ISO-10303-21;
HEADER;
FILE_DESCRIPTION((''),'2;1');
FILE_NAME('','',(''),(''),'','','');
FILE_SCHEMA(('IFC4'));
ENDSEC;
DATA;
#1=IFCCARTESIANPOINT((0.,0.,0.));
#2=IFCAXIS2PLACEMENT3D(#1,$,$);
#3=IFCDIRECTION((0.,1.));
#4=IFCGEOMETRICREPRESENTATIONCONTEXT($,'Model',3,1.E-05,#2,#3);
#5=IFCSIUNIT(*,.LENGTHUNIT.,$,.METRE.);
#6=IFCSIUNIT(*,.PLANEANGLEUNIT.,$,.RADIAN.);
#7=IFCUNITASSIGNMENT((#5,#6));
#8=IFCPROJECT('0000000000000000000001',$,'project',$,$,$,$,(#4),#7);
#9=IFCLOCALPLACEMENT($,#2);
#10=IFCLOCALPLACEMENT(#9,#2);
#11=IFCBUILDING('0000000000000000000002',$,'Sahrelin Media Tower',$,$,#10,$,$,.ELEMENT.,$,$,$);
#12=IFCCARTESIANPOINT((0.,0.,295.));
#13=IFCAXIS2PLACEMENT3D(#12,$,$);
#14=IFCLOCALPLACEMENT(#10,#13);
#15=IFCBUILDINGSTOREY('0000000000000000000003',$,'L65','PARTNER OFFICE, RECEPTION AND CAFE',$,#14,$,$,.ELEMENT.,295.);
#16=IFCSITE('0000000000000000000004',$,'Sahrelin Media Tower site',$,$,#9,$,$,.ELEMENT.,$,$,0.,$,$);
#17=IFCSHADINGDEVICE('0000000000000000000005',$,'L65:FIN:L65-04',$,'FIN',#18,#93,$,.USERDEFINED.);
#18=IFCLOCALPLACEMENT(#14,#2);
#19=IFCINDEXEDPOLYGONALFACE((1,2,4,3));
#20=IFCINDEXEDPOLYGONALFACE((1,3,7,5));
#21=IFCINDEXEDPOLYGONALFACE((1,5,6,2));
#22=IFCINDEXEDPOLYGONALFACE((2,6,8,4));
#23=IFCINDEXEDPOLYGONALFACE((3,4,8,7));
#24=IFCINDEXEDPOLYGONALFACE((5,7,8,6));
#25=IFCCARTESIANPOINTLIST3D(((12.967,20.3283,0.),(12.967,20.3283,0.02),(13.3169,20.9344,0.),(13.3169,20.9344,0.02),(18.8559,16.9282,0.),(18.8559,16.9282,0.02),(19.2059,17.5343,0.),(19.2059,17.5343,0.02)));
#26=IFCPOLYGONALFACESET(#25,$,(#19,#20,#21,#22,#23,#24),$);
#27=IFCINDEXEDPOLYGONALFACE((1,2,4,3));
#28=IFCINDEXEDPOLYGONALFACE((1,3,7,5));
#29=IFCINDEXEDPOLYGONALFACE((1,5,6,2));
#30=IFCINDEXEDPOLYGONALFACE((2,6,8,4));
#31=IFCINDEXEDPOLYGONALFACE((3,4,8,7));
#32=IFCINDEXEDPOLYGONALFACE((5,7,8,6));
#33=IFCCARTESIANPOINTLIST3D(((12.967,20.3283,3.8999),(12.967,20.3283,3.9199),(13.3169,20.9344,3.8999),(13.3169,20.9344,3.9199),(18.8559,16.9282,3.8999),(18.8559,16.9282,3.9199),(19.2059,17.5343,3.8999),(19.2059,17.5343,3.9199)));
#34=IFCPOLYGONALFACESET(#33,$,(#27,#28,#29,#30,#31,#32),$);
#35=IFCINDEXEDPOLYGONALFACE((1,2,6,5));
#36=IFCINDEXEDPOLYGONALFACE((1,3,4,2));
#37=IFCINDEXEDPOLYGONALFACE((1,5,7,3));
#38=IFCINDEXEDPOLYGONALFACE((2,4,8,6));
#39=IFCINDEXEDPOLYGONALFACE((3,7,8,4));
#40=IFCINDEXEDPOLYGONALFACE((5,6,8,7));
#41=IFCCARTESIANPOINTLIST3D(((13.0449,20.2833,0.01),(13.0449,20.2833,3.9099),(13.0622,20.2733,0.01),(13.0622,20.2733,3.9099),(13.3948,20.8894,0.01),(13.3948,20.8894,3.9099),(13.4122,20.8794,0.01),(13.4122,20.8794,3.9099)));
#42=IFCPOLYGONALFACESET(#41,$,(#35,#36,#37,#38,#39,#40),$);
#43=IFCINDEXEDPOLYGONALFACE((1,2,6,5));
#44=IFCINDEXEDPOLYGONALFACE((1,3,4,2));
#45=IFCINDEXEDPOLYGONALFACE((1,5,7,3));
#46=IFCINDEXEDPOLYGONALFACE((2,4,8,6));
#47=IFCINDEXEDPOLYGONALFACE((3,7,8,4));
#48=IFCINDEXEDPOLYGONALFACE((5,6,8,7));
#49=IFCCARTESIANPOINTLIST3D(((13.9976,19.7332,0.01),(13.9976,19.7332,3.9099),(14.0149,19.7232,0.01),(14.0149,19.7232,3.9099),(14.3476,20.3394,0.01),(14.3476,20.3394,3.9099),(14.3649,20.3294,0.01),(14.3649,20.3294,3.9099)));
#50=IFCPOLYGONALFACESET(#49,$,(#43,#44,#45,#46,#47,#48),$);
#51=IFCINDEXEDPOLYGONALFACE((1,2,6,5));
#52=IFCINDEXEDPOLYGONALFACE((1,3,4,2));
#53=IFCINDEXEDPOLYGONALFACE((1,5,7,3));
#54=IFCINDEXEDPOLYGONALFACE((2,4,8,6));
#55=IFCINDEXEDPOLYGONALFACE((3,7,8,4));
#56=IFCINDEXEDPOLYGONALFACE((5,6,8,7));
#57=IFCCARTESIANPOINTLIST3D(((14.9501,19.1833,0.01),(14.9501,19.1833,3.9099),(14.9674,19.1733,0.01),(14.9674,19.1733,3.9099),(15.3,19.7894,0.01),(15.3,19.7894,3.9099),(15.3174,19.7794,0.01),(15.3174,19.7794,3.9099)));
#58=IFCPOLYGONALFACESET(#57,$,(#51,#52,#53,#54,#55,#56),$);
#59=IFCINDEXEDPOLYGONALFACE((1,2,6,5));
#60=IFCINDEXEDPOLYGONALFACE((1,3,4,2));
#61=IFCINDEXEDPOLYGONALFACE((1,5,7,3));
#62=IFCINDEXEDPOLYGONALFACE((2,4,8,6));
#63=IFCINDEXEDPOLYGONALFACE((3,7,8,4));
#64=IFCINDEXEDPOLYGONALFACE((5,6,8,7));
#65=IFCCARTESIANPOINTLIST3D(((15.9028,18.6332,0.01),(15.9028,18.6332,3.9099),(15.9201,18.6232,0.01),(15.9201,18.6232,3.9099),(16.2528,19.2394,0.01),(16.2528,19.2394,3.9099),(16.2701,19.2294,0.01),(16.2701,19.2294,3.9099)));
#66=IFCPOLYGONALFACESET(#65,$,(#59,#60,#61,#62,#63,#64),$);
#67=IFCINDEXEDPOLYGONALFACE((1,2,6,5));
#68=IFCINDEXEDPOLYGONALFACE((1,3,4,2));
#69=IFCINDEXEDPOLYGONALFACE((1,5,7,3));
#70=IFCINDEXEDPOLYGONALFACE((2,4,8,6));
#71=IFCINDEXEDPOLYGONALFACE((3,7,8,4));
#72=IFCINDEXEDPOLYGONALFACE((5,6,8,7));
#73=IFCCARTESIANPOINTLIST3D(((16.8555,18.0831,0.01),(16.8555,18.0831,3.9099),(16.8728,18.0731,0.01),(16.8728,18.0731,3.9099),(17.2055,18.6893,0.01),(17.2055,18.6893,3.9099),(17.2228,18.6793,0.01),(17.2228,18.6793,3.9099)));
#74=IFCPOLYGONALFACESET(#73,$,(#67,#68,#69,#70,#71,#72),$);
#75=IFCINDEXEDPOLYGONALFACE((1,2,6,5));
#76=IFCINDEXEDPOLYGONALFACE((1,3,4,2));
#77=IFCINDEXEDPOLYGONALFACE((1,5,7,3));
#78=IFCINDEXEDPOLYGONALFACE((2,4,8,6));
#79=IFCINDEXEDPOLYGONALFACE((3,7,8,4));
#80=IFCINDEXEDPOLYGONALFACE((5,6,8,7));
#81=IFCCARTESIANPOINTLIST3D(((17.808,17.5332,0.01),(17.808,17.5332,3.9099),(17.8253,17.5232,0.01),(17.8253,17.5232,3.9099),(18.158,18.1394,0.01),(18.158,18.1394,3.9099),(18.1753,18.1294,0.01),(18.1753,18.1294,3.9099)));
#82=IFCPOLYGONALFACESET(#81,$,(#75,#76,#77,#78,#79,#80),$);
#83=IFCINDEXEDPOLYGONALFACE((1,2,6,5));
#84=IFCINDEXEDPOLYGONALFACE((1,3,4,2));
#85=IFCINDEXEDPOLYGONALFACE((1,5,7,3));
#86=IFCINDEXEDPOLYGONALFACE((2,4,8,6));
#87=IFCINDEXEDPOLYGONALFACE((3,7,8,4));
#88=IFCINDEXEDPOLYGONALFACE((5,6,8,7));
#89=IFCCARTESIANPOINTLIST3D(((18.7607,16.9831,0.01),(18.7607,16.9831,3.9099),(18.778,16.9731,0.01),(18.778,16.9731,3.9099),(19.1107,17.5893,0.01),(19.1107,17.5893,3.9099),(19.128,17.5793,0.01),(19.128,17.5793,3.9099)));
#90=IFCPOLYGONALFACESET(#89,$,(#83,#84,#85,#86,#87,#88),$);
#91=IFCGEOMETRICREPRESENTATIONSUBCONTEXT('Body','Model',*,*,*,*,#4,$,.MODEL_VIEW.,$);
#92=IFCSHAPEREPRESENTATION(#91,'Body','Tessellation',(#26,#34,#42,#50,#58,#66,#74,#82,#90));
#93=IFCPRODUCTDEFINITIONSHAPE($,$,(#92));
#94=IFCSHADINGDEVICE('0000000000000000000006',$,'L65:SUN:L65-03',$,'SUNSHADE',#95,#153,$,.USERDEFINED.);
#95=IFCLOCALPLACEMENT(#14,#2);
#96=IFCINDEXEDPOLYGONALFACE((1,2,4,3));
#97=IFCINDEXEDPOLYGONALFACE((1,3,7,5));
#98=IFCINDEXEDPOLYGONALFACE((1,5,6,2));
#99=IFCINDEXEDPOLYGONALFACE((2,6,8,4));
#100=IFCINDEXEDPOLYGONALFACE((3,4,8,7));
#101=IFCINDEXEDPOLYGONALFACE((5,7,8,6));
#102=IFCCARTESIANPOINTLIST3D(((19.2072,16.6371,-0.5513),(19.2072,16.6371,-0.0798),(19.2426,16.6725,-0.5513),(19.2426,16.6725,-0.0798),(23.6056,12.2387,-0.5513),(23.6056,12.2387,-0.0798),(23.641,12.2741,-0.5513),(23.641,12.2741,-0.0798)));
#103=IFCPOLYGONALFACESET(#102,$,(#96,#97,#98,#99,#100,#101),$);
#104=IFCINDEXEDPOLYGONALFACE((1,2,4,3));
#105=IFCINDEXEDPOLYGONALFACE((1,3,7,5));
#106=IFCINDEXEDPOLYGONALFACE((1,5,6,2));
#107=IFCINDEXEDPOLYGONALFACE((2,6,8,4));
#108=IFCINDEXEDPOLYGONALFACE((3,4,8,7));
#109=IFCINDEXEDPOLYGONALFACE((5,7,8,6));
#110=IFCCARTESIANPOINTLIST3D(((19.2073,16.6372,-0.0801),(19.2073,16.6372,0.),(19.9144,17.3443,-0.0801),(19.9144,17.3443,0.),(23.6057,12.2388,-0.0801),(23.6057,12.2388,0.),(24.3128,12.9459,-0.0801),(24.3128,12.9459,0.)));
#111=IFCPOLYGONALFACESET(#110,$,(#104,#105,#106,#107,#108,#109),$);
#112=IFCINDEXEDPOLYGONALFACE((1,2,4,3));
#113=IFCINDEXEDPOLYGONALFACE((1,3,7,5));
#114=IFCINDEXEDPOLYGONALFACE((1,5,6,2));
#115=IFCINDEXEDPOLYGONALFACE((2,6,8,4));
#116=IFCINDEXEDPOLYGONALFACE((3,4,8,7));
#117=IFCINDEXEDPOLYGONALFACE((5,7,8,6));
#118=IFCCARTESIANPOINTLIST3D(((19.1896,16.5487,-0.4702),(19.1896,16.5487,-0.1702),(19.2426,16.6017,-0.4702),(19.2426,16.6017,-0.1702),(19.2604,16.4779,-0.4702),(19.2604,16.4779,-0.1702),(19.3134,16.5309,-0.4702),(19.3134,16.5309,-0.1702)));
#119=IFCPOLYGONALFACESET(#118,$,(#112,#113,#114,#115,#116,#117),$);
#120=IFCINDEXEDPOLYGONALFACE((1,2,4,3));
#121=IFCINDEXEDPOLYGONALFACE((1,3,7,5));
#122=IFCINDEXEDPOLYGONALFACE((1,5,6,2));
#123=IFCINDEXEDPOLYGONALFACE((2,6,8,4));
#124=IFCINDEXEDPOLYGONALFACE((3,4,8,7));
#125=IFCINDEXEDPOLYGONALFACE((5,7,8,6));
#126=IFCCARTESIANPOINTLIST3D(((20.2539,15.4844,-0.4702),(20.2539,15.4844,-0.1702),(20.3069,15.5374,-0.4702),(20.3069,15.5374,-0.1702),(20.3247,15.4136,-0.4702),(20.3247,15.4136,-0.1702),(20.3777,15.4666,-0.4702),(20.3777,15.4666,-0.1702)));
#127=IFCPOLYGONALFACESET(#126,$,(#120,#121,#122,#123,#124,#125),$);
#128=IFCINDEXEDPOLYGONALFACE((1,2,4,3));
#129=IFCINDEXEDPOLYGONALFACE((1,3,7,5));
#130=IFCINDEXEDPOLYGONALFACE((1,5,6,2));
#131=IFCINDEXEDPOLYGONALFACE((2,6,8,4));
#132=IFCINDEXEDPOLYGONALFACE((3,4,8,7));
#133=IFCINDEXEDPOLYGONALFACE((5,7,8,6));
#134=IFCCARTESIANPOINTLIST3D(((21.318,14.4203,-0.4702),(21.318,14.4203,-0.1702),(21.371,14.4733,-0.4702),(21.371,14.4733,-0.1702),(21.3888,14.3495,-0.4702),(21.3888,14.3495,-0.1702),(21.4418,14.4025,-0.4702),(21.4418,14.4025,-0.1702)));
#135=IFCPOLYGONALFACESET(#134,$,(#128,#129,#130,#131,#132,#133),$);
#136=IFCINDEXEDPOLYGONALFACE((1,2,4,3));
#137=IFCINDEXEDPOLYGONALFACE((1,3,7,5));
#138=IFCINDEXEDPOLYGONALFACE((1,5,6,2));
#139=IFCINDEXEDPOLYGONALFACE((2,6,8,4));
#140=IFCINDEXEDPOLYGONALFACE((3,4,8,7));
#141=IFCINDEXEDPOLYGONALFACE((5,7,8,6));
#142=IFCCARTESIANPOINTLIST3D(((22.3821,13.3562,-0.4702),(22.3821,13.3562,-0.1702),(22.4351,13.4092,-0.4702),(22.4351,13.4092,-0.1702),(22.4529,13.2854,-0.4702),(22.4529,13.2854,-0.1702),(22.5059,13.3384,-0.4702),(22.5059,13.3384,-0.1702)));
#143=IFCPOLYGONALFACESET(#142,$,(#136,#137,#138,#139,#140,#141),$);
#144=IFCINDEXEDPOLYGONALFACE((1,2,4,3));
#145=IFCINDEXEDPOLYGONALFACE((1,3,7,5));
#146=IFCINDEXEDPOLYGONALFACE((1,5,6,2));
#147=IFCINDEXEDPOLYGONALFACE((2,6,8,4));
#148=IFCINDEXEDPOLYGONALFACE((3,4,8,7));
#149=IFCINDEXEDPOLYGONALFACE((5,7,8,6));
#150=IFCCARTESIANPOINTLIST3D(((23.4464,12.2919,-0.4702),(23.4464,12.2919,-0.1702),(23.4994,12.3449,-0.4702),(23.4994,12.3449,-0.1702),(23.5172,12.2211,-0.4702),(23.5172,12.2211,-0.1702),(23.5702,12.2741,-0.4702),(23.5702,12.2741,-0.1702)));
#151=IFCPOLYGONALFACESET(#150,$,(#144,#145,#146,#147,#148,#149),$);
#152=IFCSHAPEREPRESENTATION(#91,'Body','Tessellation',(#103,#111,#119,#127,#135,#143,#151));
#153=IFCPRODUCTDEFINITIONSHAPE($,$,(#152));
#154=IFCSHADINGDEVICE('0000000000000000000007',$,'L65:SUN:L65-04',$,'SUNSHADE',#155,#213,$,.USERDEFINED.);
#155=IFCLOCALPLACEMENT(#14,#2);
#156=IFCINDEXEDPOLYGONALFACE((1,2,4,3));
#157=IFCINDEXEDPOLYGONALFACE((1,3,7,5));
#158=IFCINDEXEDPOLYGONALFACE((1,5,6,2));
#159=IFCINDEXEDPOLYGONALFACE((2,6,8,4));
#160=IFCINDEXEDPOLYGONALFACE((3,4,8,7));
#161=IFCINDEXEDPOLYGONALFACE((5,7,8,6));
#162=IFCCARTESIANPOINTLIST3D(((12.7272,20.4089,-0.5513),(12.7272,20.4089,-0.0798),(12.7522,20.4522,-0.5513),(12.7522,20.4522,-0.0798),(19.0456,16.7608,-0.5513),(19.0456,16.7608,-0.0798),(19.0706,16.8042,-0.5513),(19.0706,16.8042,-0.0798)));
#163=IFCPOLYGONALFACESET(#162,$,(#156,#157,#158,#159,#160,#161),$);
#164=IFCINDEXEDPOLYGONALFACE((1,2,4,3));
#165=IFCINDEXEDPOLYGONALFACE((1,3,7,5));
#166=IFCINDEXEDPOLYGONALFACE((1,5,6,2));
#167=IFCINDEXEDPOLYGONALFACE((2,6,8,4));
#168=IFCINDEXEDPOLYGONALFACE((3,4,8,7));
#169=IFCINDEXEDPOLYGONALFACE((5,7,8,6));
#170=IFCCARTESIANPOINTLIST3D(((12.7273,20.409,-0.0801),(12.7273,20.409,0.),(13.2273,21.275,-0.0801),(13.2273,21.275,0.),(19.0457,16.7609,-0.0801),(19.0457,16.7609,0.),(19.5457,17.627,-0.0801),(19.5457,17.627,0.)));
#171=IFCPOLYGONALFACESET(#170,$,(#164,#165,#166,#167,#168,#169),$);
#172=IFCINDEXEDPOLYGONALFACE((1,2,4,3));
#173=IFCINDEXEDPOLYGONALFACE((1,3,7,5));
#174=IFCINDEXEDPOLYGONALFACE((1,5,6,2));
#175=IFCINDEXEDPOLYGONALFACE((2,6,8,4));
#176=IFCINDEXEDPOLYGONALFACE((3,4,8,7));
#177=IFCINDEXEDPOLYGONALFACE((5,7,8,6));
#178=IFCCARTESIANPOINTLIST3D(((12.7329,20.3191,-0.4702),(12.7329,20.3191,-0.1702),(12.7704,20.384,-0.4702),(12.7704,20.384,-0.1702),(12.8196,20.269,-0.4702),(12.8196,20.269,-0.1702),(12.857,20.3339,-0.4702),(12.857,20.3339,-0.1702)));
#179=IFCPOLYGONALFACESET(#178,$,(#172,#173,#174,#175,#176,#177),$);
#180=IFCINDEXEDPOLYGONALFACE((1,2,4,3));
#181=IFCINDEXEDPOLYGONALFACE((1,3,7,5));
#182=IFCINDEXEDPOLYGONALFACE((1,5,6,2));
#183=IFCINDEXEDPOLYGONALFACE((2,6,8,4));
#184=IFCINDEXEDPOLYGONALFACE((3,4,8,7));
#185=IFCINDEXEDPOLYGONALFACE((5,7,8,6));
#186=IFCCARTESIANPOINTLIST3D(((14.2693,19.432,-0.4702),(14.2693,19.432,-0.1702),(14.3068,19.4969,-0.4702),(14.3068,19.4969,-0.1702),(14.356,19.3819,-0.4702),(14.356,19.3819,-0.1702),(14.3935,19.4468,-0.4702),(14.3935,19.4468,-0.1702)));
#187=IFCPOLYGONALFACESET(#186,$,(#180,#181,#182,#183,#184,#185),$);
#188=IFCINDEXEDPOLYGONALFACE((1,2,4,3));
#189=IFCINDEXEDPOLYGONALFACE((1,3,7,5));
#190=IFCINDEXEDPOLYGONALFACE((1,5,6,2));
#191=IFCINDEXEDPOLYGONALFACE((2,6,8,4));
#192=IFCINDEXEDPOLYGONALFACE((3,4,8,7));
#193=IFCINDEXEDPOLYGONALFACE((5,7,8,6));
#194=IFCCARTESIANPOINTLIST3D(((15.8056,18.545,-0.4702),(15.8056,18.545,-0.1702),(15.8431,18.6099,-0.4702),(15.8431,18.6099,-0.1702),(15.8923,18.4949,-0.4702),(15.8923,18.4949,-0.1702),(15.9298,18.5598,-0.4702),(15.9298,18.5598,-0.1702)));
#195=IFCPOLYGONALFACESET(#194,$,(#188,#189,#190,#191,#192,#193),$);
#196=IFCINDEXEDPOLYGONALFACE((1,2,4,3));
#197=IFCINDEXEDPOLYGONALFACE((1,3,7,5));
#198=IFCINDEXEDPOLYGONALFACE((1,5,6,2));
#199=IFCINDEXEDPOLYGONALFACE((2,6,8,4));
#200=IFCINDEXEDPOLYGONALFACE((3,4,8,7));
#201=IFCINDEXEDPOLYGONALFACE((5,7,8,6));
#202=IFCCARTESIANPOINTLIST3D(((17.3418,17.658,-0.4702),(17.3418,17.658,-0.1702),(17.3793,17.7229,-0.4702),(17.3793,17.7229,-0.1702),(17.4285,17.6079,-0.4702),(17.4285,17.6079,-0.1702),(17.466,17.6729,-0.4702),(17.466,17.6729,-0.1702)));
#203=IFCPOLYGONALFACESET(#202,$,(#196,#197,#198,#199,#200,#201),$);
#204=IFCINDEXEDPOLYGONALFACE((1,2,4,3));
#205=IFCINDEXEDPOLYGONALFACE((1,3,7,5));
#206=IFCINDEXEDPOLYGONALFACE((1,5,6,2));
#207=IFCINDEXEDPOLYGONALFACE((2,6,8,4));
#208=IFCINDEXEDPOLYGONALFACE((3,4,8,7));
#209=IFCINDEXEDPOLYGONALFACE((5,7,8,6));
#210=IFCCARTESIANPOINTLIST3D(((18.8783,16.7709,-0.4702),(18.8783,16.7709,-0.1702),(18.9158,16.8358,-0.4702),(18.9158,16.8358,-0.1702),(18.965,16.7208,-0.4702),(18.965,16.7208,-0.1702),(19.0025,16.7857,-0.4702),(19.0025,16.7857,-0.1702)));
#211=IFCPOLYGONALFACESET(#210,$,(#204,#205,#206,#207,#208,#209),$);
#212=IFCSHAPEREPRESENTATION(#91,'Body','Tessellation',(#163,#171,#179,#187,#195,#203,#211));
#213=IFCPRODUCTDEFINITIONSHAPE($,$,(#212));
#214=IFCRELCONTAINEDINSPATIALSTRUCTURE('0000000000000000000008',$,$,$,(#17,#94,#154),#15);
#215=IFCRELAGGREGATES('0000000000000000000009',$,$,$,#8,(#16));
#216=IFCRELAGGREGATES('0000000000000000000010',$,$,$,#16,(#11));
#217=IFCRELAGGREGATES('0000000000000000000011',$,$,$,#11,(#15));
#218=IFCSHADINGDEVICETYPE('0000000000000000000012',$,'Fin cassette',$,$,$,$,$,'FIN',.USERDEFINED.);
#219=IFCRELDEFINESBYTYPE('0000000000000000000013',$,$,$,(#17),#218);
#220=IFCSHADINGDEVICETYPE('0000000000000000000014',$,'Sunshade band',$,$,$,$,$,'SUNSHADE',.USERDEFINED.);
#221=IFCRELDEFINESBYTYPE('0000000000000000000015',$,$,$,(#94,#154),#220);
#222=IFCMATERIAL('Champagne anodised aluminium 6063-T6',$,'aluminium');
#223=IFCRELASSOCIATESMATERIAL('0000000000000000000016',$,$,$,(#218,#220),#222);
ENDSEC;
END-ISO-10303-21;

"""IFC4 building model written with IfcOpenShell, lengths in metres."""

from ifc_helpers import new_model, si_unit, direction, frame, origin, origin_2d, place, context, subcontext, project, spatial, rectangle, extrude, material, type_object, element, save


model = new_model("IFC4")

# Units and contexts
model_context = context("Model", 3, precision=1e-05, world=origin(), true_north=direction((0.0, 1.0)))
body_context = subcontext(model_context, "Body", "Model", "MODEL_VIEW")
ifc_project = project(units=[si_unit("LENGTHUNIT", "METRE"), si_unit("PLANEANGLEUNIT", "RADIAN")], contexts=[model_context])

# Site, building, storey
site_placement = place(None, origin())
site = spatial("IfcSite", under=ifc_project, at=site_placement, Name="Sahrelin Media Tower site", CompositionType="ELEMENT", RefElevation=0.0)
building_placement = place(site_placement, origin())
building = spatial("IfcBuilding", under=site, at=building_placement, Name="Sahrelin Media Tower", CompositionType="ELEMENT")
storey_placement = place(building_placement, frame((0.0, 0.0, 295.0)))
storey = spatial("IfcBuildingStorey", under=building, at=storey_placement, Name="L65", Description="PARTNER OFFICE, RECEPTION AND CAFE", CompositionType="ELEMENT", Elevation=295.0)

# Shared definitions
ifc_material_1 = material(Name="Champagne anodised aluminium 6063-T6", Category="aluminium")

# Shading devices
shading_device_type_1 = type_object("IfcShadingDeviceType", Name="Fin cassette", ElementType="FIN", PredefinedType="USERDEFINED", material=ifc_material_1)
placement_1 = place(storey_placement, frame((21.3923, 14.4238, 0.0), z_axis=(0.0, 0.0, 1.0), x_axis=(0.707107, -0.707107, 0.0)))
placement_2 = place(storey_placement, frame((15.8765, 18.5676, 0.0), z_axis=(0.0, 0.0, 1.0), x_axis=(0.866019, -0.500011, 0.0)))
element("IfcShadingDevice", 1, at=placement_2, inside=storey, type_object=shading_device_type_1, Name="L65:FIN:L65-04", ObjectType="FIN", PredefinedType="USERDEFINED", context=body_context, shape_type="SweptSolid", body=[
    extrude(rectangle(XDim=6.8, YDim=0.7, at=origin_2d()), frame((0.0, 0.4199, 0.0)), (0.0, 0.0, 1.0), 0.02),
    extrude(rectangle(XDim=6.8, YDim=0.7, at=origin_2d()), frame((0.0, 0.4199, 3.8999)), (0.0, 0.0, 1.0), 0.02),
    extrude(rectangle(XDim=0.02, YDim=0.7, at=origin_2d()), frame((-3.3, 0.4199, 0.01), z_axis=(0.0, 0.0, 1.0), x_axis=(1.0, 0.0, 0.0)), (0.0, 0.0, 1.0), 3.8999),
    extrude(rectangle(XDim=0.02, YDim=0.7, at=origin_2d()), frame((-2.2, 0.4199, 0.01), z_axis=(0.0, 0.0, 1.0), x_axis=(1.0, 0.0, 0.0)), (0.0, 0.0, 1.0), 3.8999),
    extrude(rectangle(XDim=0.02, YDim=0.7, at=origin_2d()), frame((-1.1001, 0.4199, 0.01), z_axis=(0.0, 0.0, 1.0), x_axis=(1.0, 0.0, 0.0)), (0.0, 0.0, 1.0), 3.8999),
    extrude(rectangle(XDim=0.02, YDim=0.7, at=origin_2d()), frame((0.0, 0.4199, 0.01), z_axis=(0.0, 0.0, 1.0), x_axis=(1.0, 0.0, 0.0)), (0.0, 0.0, 1.0), 3.8999),
    extrude(rectangle(XDim=0.02, YDim=0.7, at=origin_2d()), frame((1.1001, 0.4199, 0.01), z_axis=(0.0, 0.0, 1.0), x_axis=(1.0, 0.0, 0.0)), (0.0, 0.0, 1.0), 3.8999),
    extrude(rectangle(XDim=0.02, YDim=0.7, at=origin_2d()), frame((2.2, 0.4199, 0.01), z_axis=(0.0, 0.0, 1.0), x_axis=(1.0, 0.0, 0.0)), (0.0, 0.0, 1.0), 3.8999),
    extrude(rectangle(XDim=0.02, YDim=0.7, at=origin_2d()), frame((3.3, 0.4199, 0.01), z_axis=(0.0, 0.0, 1.0), x_axis=(1.0, 0.0, 0.0)), (0.0, 0.0, 1.0), 3.8999),
])
shading_device_type_2 = type_object("IfcShadingDeviceType", Name="Sunshade band", ElementType="SUNSHADE", PredefinedType="USERDEFINED", material=ifc_material_1)
element("IfcShadingDevice", 2, at=placement_1, inside=storey, type_object=shading_device_type_2, Name="L65:SUN:L65-03", ObjectType="SUNSHADE", PredefinedType="USERDEFINED", context=body_context, shape_type="SweptSolid", body=[
    extrude(rectangle(XDim=6.2202, YDim=0.05, at=origin_2d()), frame((0.0, 0.0449, -0.5513)), (0.0, 0.0, 1.0), 0.4714),
    extrude(rectangle(XDim=6.2202, YDim=1.0, at=origin_2d()), frame((0.0, 0.52, -0.0801)), (0.0, 0.0, 1.0), 0.0801),
    extrude(rectangle(XDim=0.1001, YDim=0.075, at=origin_2d()), frame((-3.01, -0.0176, -0.4702)), (0.0, 0.0, 1.0), 0.3),
    extrude(rectangle(XDim=0.1001, YDim=0.075, at=origin_2d()), frame((-1.5049, -0.0176, -0.4702)), (0.0, 0.0, 1.0), 0.3),
    extrude(rectangle(XDim=0.1001, YDim=0.075, at=origin_2d()), frame((0.0, -0.0176, -0.4702)), (0.0, 0.0, 1.0), 0.3),
    extrude(rectangle(XDim=0.1001, YDim=0.075, at=origin_2d()), frame((1.5049, -0.0176, -0.4702)), (0.0, 0.0, 1.0), 0.3),
    extrude(rectangle(XDim=0.1001, YDim=0.075, at=origin_2d()), frame((3.01, -0.0176, -0.4702)), (0.0, 0.0, 1.0), 0.3),
])
element("IfcShadingDevice", 3, at=placement_2, inside=storey, type_object=shading_device_type_2, Name="L65:SUN:L65-04", ObjectType="SUNSHADE", PredefinedType="USERDEFINED", context=body_context, shape_type="SweptSolid", body=[
    extrude(rectangle(XDim=7.2959, YDim=0.05, at=origin_2d()), frame((0.0, 0.0449, -0.5513)), (0.0, 0.0, 1.0), 0.4714),
    extrude(rectangle(XDim=7.2959, YDim=1.0, at=origin_2d()), frame((0.0, 0.52, -0.0801)), (0.0, 0.0, 1.0), 0.0801),
    extrude(rectangle(XDim=0.1001, YDim=0.075, at=origin_2d()), frame((-3.5481, -0.0176, -0.4702)), (0.0, 0.0, 1.0), 0.3),
    extrude(rectangle(XDim=0.1001, YDim=0.075, at=origin_2d()), frame((-1.7739, -0.0176, -0.4702)), (0.0, 0.0, 1.0), 0.3),
    extrude(rectangle(XDim=0.1001, YDim=0.075, at=origin_2d()), frame((0.0, -0.0176, -0.4702)), (0.0, 0.0, 1.0), 0.3),
    extrude(rectangle(XDim=0.1001, YDim=0.075, at=origin_2d()), frame((1.7739, -0.0176, -0.4702)), (0.0, 0.0, 1.0), 0.3),
    extrude(rectangle(XDim=0.1001, YDim=0.075, at=origin_2d()), frame((3.5481, -0.0176, -0.4702)), (0.0, 0.0, 1.0), 0.3),
])

save(model, "model.ifc")
